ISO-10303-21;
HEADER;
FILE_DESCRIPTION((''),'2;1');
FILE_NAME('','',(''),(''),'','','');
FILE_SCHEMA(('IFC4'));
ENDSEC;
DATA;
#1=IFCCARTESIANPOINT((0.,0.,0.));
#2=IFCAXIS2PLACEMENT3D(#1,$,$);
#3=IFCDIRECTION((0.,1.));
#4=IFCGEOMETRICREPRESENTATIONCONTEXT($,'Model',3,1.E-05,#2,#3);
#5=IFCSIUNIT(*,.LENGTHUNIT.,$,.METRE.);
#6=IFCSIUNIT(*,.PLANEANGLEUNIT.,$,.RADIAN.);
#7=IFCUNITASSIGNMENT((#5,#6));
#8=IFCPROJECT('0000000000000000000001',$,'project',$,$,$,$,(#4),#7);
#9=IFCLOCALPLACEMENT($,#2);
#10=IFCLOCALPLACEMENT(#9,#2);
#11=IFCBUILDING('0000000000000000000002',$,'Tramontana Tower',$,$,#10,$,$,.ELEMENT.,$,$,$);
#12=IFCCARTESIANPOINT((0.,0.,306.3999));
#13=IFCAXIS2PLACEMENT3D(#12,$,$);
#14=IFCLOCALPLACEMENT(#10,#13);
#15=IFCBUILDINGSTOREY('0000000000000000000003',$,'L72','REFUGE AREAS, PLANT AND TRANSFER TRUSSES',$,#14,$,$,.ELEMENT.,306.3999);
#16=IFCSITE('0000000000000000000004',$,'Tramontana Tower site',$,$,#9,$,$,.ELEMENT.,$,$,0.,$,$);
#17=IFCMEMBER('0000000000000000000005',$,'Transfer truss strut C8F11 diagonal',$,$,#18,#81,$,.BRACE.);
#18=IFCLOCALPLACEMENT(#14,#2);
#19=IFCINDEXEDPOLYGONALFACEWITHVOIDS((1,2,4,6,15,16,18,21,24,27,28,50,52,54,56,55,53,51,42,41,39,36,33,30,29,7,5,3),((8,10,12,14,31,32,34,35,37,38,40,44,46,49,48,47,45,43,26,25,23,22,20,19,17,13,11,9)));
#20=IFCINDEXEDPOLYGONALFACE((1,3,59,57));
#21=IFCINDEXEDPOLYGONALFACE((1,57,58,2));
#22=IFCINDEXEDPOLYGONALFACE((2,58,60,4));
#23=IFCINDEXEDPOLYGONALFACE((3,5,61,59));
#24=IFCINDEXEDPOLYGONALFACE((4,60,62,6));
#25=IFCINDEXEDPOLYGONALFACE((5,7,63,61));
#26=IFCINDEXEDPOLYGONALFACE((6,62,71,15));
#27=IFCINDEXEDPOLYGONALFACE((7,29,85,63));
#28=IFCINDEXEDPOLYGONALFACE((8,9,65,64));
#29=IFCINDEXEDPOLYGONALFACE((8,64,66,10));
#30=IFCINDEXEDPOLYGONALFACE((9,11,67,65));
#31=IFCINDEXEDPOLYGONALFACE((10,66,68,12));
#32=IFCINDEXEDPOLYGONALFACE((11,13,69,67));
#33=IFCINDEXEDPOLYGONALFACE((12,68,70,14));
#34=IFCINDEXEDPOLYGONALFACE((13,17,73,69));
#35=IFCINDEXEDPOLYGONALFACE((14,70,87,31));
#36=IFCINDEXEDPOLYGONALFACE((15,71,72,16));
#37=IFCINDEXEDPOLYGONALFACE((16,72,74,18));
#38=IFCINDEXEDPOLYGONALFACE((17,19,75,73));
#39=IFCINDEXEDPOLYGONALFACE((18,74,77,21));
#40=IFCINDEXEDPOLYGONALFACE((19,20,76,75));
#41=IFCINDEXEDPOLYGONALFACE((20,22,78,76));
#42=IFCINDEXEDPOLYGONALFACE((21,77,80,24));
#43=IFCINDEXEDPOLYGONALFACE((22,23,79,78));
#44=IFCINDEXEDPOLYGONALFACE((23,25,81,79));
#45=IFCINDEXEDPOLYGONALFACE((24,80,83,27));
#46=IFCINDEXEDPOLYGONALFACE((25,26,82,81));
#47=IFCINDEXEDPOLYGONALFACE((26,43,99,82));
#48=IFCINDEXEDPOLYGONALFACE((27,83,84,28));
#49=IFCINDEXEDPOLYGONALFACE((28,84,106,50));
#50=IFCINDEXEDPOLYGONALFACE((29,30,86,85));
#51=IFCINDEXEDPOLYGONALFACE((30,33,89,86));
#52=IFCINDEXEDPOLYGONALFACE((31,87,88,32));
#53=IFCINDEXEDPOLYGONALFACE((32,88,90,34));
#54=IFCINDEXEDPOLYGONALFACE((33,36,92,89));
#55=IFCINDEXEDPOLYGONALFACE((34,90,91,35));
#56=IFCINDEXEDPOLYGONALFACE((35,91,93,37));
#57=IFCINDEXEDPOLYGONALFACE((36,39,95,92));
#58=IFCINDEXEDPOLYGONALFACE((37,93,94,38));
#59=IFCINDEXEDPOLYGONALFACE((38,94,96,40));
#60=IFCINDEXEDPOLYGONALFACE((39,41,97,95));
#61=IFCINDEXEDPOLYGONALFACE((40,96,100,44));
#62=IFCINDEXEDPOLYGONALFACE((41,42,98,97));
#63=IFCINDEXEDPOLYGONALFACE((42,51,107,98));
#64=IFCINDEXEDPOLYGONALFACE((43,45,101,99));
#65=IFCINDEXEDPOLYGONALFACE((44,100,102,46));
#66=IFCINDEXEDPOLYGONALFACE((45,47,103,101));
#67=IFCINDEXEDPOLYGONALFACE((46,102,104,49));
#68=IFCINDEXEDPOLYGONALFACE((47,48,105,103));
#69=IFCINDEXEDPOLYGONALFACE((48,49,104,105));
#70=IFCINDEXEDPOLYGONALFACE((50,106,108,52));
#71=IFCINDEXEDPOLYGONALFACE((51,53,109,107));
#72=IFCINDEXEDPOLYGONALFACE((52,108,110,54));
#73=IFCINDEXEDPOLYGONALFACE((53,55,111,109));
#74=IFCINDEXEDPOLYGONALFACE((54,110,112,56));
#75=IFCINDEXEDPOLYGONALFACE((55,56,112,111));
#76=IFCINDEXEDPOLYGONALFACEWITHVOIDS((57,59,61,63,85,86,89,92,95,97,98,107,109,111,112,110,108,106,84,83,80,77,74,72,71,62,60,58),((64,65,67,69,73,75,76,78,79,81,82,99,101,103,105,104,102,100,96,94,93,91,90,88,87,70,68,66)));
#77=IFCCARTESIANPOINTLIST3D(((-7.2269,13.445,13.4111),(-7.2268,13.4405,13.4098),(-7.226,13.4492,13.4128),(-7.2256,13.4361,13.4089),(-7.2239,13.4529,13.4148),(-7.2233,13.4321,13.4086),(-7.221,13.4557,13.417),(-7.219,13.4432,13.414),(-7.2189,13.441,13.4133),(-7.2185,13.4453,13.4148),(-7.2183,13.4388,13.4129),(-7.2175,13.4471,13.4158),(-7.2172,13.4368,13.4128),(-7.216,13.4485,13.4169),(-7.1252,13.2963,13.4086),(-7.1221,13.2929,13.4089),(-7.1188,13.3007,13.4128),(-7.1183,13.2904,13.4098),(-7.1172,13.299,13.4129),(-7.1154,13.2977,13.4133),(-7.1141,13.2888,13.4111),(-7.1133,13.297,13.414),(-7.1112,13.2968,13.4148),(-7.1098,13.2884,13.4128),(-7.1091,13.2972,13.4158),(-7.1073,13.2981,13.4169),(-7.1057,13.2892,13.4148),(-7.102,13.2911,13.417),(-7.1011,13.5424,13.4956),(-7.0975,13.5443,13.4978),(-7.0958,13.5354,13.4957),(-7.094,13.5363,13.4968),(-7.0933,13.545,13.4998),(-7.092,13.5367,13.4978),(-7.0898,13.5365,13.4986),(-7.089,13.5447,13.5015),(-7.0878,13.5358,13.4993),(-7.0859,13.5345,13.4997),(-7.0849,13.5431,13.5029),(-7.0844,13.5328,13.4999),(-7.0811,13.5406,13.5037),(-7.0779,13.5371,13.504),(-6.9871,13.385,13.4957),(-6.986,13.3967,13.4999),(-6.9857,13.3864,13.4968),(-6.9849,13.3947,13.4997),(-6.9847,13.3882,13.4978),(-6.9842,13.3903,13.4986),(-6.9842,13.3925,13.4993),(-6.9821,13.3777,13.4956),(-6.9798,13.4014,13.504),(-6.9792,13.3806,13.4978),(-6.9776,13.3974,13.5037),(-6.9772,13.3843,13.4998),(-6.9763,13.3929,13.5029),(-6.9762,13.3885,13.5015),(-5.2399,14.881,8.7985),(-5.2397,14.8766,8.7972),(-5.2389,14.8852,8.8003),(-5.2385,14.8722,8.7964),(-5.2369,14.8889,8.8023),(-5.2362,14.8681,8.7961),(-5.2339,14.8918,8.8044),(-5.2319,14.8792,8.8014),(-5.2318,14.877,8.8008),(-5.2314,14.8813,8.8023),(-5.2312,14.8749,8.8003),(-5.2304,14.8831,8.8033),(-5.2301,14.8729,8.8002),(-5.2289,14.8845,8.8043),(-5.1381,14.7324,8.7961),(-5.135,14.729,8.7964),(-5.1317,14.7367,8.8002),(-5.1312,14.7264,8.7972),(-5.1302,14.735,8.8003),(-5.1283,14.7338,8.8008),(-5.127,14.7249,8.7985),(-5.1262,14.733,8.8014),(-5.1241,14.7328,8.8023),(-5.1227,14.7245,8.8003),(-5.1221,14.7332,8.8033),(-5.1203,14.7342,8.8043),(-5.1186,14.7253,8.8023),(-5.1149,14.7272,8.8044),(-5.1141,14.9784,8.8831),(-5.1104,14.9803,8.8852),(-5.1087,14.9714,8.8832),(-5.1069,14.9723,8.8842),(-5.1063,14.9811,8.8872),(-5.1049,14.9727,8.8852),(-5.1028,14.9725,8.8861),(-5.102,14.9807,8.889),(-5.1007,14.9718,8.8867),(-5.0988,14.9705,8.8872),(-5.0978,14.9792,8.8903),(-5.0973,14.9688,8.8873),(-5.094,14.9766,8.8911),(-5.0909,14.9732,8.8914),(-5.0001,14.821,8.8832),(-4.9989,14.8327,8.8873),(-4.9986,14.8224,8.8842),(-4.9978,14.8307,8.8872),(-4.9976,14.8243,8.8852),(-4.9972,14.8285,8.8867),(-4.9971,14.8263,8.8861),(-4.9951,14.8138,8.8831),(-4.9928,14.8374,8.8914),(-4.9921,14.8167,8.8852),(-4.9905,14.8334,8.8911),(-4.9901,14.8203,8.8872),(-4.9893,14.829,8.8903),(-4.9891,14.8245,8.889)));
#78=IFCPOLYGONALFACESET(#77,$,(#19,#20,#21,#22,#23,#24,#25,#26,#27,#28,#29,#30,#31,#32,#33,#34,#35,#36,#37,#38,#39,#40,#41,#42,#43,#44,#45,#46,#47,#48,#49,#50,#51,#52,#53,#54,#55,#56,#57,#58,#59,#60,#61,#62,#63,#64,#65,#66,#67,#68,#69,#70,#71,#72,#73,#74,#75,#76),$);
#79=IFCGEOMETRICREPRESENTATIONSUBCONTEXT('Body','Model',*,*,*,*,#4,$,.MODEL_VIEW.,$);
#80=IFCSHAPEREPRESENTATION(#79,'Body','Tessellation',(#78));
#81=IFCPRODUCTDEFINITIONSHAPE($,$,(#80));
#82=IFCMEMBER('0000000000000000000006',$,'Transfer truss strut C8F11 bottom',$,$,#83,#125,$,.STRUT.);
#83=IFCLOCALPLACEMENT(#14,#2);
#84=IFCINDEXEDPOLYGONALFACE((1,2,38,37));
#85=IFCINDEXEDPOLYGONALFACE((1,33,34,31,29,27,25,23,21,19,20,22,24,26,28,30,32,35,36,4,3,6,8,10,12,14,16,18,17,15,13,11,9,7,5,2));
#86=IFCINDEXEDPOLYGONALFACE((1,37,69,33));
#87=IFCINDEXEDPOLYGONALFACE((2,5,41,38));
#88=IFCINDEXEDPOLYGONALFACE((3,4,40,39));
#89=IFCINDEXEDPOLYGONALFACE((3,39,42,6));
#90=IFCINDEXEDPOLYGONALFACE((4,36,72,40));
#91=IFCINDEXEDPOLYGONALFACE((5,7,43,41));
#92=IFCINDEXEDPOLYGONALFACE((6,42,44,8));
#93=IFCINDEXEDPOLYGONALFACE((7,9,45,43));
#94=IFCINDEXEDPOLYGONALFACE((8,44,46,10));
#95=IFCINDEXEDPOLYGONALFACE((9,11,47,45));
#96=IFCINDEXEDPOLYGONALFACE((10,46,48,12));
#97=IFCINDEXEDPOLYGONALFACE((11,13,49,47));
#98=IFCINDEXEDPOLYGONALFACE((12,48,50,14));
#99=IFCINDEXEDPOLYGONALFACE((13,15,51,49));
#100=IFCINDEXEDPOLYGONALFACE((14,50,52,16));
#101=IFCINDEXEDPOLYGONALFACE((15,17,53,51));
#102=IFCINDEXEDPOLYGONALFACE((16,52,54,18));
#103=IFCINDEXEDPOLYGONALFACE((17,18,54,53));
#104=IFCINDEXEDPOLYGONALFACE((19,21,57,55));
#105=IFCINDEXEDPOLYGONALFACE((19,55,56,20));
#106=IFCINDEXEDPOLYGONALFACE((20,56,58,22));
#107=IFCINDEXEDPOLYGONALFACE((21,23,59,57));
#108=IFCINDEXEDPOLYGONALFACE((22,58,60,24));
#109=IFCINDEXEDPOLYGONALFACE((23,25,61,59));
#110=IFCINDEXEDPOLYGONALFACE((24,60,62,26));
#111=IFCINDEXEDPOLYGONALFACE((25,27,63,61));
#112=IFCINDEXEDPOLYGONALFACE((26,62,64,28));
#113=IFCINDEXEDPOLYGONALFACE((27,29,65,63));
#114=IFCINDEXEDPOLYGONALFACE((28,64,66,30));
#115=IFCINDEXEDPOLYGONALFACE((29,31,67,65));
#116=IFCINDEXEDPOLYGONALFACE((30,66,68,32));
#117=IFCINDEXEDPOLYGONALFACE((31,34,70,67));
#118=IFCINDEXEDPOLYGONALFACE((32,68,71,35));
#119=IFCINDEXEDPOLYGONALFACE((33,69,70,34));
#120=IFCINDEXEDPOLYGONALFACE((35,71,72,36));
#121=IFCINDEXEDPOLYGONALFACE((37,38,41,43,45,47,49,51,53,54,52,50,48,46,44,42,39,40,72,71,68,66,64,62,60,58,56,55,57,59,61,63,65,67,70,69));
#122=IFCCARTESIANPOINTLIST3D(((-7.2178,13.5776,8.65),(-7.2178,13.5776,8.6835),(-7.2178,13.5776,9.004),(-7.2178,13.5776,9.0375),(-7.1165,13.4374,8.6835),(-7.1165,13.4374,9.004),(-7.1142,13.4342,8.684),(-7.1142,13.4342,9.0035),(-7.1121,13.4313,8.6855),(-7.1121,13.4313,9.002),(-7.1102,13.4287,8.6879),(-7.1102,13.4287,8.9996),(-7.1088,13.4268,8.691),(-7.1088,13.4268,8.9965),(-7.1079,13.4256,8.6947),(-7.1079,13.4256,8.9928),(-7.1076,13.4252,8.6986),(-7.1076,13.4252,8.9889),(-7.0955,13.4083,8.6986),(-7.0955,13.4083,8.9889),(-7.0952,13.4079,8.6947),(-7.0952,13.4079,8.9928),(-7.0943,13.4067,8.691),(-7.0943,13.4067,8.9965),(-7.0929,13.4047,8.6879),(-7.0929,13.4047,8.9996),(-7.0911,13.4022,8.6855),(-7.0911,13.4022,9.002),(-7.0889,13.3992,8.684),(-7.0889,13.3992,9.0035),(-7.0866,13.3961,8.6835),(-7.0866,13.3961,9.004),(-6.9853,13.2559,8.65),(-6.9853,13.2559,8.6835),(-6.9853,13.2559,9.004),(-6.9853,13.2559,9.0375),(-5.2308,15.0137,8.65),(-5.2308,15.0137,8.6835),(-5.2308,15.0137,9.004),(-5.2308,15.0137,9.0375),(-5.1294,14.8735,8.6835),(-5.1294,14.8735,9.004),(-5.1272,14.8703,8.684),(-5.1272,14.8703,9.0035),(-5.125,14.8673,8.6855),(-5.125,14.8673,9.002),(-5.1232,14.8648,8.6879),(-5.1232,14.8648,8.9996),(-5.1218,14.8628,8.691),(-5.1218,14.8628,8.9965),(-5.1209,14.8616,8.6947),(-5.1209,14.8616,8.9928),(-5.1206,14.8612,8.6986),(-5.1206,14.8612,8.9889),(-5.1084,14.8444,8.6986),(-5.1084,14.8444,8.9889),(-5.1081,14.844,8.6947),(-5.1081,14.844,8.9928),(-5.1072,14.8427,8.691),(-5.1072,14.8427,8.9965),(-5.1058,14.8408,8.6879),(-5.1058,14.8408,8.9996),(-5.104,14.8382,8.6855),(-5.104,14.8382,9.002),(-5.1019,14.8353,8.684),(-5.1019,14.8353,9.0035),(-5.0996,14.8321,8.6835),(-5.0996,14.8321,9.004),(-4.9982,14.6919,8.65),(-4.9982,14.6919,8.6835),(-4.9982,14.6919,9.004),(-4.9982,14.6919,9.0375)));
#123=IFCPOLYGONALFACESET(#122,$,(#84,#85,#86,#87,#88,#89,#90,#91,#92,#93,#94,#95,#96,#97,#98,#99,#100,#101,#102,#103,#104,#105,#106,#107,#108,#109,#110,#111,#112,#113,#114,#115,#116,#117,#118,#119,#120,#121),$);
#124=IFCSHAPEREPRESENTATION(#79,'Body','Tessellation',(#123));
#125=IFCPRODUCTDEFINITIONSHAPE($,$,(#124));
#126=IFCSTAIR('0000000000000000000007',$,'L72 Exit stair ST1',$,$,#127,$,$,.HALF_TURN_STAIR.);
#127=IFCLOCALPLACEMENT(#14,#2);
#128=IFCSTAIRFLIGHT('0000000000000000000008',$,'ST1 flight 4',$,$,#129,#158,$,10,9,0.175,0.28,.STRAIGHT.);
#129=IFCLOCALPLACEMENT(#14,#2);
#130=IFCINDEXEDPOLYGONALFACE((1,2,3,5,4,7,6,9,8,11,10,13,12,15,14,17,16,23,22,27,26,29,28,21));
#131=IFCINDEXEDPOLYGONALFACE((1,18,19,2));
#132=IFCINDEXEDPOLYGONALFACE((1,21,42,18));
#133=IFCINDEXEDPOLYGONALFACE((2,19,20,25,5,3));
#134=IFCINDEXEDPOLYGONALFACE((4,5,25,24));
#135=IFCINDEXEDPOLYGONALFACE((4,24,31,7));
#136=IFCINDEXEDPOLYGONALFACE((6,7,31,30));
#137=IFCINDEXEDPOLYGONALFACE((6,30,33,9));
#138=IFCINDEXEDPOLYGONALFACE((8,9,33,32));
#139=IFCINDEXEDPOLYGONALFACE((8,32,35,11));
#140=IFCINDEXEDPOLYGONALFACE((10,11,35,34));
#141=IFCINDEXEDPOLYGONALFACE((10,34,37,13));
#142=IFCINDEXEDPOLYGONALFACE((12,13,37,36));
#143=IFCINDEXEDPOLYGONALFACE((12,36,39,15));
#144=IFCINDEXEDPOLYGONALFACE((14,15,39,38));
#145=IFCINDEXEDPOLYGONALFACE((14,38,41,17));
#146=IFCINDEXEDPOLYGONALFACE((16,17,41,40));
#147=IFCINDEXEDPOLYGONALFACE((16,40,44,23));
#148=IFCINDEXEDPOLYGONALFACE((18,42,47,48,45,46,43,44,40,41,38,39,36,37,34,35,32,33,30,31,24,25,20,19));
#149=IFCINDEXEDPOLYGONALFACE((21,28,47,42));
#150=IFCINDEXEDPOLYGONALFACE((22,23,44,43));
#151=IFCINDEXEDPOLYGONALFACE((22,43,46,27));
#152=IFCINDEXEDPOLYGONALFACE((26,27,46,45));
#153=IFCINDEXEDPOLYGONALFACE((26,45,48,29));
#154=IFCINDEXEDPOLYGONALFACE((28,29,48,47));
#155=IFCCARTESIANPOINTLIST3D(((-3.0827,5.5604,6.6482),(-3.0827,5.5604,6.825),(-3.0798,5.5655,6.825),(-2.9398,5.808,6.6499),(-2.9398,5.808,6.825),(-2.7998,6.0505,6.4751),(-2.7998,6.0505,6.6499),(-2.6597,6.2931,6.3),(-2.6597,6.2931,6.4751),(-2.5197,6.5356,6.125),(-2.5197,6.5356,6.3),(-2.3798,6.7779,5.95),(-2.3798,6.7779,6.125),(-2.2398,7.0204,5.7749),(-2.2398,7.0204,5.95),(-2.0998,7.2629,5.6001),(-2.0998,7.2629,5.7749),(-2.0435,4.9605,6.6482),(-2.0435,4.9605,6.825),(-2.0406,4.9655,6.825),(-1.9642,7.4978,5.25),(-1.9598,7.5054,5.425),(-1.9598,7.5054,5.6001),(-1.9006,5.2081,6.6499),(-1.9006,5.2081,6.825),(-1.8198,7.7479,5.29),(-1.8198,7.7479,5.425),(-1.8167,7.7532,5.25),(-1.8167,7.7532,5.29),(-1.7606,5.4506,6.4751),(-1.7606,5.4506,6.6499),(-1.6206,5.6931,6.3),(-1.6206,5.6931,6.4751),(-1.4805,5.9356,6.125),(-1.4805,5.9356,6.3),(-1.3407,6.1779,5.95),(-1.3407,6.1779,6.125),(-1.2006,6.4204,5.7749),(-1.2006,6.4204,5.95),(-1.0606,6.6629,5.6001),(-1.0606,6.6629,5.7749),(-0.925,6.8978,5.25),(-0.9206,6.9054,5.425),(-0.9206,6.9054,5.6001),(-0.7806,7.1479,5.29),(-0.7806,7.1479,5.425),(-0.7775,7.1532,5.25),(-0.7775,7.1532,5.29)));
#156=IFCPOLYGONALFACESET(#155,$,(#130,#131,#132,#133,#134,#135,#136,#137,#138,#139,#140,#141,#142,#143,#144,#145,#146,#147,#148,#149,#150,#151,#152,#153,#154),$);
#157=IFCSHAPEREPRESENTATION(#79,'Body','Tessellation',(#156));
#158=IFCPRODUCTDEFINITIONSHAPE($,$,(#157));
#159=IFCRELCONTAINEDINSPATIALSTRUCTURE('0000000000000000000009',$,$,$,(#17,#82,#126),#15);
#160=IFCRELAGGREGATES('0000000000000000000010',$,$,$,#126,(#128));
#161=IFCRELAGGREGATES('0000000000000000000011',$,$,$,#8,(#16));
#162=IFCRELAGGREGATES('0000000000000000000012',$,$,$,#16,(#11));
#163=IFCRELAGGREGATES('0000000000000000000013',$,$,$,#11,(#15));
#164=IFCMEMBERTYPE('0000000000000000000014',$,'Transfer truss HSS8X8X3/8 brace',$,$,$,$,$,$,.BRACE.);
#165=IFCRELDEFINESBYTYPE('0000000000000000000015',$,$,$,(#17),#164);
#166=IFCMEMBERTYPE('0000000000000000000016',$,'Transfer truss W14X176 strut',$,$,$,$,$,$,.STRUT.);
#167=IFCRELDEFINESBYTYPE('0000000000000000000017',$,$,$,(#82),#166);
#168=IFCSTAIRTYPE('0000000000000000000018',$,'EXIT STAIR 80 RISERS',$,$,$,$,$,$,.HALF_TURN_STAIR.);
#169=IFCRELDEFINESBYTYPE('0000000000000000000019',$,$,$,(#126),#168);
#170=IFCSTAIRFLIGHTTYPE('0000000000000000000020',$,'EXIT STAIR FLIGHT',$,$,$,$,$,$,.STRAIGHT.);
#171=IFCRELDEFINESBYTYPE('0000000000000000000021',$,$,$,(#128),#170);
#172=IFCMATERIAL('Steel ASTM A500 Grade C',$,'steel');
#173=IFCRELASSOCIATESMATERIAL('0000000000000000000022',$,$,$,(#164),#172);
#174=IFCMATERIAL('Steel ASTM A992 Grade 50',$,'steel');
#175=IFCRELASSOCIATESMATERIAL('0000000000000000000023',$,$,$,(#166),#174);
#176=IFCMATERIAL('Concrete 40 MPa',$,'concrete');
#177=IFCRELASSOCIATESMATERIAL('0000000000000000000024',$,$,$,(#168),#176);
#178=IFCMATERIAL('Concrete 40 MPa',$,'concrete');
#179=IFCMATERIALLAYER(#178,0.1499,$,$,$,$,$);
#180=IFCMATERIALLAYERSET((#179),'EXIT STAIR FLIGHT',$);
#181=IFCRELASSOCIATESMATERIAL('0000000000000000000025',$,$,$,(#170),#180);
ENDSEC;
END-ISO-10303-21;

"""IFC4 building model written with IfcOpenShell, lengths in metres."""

from ifc_helpers import new_model, si_unit, direction, frame, origin, origin_2d, place, context, subcontext, project, spatial, polyline, hollow_rectangle, i_section, outline, extrude, material, layer, layer_set, material_profile, profile_set, type_object, element, aggregate, save


model = new_model("IFC4")

# Units and contexts
model_context = context("Model", 3, precision=1e-05, world=origin(), true_north=direction((0.0, 1.0)))
body_context = subcontext(model_context, "Body", "Model", "MODEL_VIEW")
ifc_project = project(units=[si_unit("LENGTHUNIT", "METRE"), si_unit("PLANEANGLEUNIT", "RADIAN")], contexts=[model_context])

# Site, building, storey
site_placement = place(None, origin())
site = spatial("IfcSite", under=ifc_project, at=site_placement, Name="Tramontana Tower site", CompositionType="ELEMENT", RefElevation=0.0)
building_placement = place(site_placement, origin())
building = spatial("IfcBuilding", under=site, at=building_placement, Name="Tramontana Tower", CompositionType="ELEMENT")
storey_placement = place(building_placement, frame((0.0, 0.0, 306.3999)))
storey = spatial("IfcBuildingStorey", under=building, at=storey_placement, Name="L72", Description="REFUGE AREAS, PLANT AND TRANSFER TRUSSES", CompositionType="ELEMENT", Elevation=306.3999)

# Members
ifc_material_1 = material(Name="Steel ASTM A500 Grade C", Category="steel")
ifc_material_profile_1 = material_profile(ifc_material_1, hollow_rectangle(XDim=0.2031, YDim=0.2031, WallThickness=0.0088, InnerFilletRadius=0.0088, OuterFilletRadius=0.0178, at=origin_2d()), Name="HSS8X8X3/8")
ifc_profile_set_1 = profile_set([ifc_material_profile_1], Name="Steel ASTM A500 Grade C")
member_type_1 = type_object("IfcMemberType", Name="Transfer truss HSS8X8X3/8 brace", PredefinedType="BRACE", material=ifc_profile_set_1)
member_1_placement = place(storey_placement, frame((-5.1145, 14.8528, 8.8438), z_axis=(-0.380399, -0.274912, 0.883018), x_axis=(0.585741, -0.810498, 0.0)))
element("IfcMember", 1, at=member_1_placement, inside=storey, type_object=member_type_1, Name="Transfer truss strut C8F11 diagonal", PredefinedType="BRACE", context=body_context, shape_type="SweptSolid", body=[
    extrude(hollow_rectangle(XDim=0.2031, YDim=0.2031, WallThickness=0.0088, InnerFilletRadius=0.0088, OuterFilletRadius=0.0178, at=origin_2d()), origin(), (0.0, 0.0, 1.0), 5.2236),
])
ifc_material_2 = material(Name="Steel ASTM A992 Grade 50", Category="steel")
ifc_material_profile_2 = material_profile(ifc_material_2, i_section(OverallWidth=0.397, OverallDepth=0.3875, WebThickness=0.0208, FlangeThickness=0.0334, FilletRadius=0.0151, at=origin_2d()), Name="W14X176")
ifc_profile_set_2 = profile_set([ifc_material_profile_2], Name="Steel ASTM A992 Grade 50")
member_type_2 = type_object("IfcMemberType", Name="Transfer truss W14X176 strut", PredefinedType="STRUT", material=ifc_profile_set_2)
member_2_placement = place(storey_placement, frame((-5.1145, 14.8528, 8.8438), z_axis=(-0.810498, -0.585741, 0.0), x_axis=(0.585741, -0.810498, 0.0)))
element("IfcMember", 2, at=member_2_placement, inside=storey, type_object=member_type_2, Name="Transfer truss strut C8F11 bottom", PredefinedType="STRUT", context=body_context, shape_type="SweptSolid", body=[
    extrude(i_section(OverallWidth=0.397, OverallDepth=0.3875, WebThickness=0.0208, FlangeThickness=0.0334, FilletRadius=0.0151, at=origin_2d()), origin(), (0.0, 0.0, 1.0), 2.4517),
])

# Stair, stair flight
ifc_material_3 = material(Name="Concrete 40 MPa", Category="concrete")
stair_type = type_object("IfcStairType", Name="EXIT STAIR 80 RISERS", PredefinedType="HALF_TURN_STAIR", material=ifc_material_3)
stair_placement = place(storey_placement, origin())
stair = element("IfcStair", 3, at=stair_placement, inside=storey, type_object=stair_type, Name="L72 Exit stair ST1", PredefinedType="HALF_TURN_STAIR")
ifc_material_4 = material(Name="Concrete 40 MPa", Category="concrete")
ifc_layer_1 = layer(ifc_material_4, 0.1499)
ifc_layer_set_1 = layer_set([ifc_layer_1], Name="EXIT STAIR FLIGHT")
stair_flight_type = type_object("IfcStairFlightType", Name="EXIT STAIR FLIGHT", PredefinedType="STRAIGHT", material=ifc_layer_set_1)
stair_flight_1_placement = place(storey_placement, frame((-1.3003, 7.448, 5.25), z_axis=(0.0, 0.0, 1.0), x_axis=(-0.5, -0.866025, 0.0)))
stair_flight_1 = element("IfcStairFlight", 4, at=stair_flight_1_placement, type_object=stair_flight_type, Name="ST1 flight 4", NumberOfRisers=10, NumberOfTreads=9, PredefinedType="STRAIGHT", RiserHeight=0.175, TreadLength=0.28, context=body_context, shape_type="SweptSolid", body=[
    extrude(outline(polyline([(-0.0061, 0.0), (-0.0061, 0.04), (0.0, 0.04), (0.0, 0.175), (0.28, 0.175), (0.28, 0.3501), (0.5601, 0.3501), (0.5601, 0.5249), (0.8401, 0.5249), (0.8401, 0.7), (1.1201, 0.7), (1.1201, 0.875), (1.3999, 0.875), (1.3999, 1.05), (1.6799, 1.05), (1.6799, 1.2251), (1.96, 1.2251), (1.96, 1.3999), (2.24, 1.3999), (2.24, 1.575), (2.52, 1.575), (2.5259, 1.575), (2.5259, 1.3982), (0.2888, 0.0), (-0.0061, 0.0)])), frame((0.0, 0.6001, 0.0), z_axis=(0.0, -1.0, 0.0), x_axis=(1.0, 0.0, 0.0)), (0.0, 0.0, 1.0), 1.2),
])
aggregate(stair, [stair_flight_1])

save(model, "model.ifc")
